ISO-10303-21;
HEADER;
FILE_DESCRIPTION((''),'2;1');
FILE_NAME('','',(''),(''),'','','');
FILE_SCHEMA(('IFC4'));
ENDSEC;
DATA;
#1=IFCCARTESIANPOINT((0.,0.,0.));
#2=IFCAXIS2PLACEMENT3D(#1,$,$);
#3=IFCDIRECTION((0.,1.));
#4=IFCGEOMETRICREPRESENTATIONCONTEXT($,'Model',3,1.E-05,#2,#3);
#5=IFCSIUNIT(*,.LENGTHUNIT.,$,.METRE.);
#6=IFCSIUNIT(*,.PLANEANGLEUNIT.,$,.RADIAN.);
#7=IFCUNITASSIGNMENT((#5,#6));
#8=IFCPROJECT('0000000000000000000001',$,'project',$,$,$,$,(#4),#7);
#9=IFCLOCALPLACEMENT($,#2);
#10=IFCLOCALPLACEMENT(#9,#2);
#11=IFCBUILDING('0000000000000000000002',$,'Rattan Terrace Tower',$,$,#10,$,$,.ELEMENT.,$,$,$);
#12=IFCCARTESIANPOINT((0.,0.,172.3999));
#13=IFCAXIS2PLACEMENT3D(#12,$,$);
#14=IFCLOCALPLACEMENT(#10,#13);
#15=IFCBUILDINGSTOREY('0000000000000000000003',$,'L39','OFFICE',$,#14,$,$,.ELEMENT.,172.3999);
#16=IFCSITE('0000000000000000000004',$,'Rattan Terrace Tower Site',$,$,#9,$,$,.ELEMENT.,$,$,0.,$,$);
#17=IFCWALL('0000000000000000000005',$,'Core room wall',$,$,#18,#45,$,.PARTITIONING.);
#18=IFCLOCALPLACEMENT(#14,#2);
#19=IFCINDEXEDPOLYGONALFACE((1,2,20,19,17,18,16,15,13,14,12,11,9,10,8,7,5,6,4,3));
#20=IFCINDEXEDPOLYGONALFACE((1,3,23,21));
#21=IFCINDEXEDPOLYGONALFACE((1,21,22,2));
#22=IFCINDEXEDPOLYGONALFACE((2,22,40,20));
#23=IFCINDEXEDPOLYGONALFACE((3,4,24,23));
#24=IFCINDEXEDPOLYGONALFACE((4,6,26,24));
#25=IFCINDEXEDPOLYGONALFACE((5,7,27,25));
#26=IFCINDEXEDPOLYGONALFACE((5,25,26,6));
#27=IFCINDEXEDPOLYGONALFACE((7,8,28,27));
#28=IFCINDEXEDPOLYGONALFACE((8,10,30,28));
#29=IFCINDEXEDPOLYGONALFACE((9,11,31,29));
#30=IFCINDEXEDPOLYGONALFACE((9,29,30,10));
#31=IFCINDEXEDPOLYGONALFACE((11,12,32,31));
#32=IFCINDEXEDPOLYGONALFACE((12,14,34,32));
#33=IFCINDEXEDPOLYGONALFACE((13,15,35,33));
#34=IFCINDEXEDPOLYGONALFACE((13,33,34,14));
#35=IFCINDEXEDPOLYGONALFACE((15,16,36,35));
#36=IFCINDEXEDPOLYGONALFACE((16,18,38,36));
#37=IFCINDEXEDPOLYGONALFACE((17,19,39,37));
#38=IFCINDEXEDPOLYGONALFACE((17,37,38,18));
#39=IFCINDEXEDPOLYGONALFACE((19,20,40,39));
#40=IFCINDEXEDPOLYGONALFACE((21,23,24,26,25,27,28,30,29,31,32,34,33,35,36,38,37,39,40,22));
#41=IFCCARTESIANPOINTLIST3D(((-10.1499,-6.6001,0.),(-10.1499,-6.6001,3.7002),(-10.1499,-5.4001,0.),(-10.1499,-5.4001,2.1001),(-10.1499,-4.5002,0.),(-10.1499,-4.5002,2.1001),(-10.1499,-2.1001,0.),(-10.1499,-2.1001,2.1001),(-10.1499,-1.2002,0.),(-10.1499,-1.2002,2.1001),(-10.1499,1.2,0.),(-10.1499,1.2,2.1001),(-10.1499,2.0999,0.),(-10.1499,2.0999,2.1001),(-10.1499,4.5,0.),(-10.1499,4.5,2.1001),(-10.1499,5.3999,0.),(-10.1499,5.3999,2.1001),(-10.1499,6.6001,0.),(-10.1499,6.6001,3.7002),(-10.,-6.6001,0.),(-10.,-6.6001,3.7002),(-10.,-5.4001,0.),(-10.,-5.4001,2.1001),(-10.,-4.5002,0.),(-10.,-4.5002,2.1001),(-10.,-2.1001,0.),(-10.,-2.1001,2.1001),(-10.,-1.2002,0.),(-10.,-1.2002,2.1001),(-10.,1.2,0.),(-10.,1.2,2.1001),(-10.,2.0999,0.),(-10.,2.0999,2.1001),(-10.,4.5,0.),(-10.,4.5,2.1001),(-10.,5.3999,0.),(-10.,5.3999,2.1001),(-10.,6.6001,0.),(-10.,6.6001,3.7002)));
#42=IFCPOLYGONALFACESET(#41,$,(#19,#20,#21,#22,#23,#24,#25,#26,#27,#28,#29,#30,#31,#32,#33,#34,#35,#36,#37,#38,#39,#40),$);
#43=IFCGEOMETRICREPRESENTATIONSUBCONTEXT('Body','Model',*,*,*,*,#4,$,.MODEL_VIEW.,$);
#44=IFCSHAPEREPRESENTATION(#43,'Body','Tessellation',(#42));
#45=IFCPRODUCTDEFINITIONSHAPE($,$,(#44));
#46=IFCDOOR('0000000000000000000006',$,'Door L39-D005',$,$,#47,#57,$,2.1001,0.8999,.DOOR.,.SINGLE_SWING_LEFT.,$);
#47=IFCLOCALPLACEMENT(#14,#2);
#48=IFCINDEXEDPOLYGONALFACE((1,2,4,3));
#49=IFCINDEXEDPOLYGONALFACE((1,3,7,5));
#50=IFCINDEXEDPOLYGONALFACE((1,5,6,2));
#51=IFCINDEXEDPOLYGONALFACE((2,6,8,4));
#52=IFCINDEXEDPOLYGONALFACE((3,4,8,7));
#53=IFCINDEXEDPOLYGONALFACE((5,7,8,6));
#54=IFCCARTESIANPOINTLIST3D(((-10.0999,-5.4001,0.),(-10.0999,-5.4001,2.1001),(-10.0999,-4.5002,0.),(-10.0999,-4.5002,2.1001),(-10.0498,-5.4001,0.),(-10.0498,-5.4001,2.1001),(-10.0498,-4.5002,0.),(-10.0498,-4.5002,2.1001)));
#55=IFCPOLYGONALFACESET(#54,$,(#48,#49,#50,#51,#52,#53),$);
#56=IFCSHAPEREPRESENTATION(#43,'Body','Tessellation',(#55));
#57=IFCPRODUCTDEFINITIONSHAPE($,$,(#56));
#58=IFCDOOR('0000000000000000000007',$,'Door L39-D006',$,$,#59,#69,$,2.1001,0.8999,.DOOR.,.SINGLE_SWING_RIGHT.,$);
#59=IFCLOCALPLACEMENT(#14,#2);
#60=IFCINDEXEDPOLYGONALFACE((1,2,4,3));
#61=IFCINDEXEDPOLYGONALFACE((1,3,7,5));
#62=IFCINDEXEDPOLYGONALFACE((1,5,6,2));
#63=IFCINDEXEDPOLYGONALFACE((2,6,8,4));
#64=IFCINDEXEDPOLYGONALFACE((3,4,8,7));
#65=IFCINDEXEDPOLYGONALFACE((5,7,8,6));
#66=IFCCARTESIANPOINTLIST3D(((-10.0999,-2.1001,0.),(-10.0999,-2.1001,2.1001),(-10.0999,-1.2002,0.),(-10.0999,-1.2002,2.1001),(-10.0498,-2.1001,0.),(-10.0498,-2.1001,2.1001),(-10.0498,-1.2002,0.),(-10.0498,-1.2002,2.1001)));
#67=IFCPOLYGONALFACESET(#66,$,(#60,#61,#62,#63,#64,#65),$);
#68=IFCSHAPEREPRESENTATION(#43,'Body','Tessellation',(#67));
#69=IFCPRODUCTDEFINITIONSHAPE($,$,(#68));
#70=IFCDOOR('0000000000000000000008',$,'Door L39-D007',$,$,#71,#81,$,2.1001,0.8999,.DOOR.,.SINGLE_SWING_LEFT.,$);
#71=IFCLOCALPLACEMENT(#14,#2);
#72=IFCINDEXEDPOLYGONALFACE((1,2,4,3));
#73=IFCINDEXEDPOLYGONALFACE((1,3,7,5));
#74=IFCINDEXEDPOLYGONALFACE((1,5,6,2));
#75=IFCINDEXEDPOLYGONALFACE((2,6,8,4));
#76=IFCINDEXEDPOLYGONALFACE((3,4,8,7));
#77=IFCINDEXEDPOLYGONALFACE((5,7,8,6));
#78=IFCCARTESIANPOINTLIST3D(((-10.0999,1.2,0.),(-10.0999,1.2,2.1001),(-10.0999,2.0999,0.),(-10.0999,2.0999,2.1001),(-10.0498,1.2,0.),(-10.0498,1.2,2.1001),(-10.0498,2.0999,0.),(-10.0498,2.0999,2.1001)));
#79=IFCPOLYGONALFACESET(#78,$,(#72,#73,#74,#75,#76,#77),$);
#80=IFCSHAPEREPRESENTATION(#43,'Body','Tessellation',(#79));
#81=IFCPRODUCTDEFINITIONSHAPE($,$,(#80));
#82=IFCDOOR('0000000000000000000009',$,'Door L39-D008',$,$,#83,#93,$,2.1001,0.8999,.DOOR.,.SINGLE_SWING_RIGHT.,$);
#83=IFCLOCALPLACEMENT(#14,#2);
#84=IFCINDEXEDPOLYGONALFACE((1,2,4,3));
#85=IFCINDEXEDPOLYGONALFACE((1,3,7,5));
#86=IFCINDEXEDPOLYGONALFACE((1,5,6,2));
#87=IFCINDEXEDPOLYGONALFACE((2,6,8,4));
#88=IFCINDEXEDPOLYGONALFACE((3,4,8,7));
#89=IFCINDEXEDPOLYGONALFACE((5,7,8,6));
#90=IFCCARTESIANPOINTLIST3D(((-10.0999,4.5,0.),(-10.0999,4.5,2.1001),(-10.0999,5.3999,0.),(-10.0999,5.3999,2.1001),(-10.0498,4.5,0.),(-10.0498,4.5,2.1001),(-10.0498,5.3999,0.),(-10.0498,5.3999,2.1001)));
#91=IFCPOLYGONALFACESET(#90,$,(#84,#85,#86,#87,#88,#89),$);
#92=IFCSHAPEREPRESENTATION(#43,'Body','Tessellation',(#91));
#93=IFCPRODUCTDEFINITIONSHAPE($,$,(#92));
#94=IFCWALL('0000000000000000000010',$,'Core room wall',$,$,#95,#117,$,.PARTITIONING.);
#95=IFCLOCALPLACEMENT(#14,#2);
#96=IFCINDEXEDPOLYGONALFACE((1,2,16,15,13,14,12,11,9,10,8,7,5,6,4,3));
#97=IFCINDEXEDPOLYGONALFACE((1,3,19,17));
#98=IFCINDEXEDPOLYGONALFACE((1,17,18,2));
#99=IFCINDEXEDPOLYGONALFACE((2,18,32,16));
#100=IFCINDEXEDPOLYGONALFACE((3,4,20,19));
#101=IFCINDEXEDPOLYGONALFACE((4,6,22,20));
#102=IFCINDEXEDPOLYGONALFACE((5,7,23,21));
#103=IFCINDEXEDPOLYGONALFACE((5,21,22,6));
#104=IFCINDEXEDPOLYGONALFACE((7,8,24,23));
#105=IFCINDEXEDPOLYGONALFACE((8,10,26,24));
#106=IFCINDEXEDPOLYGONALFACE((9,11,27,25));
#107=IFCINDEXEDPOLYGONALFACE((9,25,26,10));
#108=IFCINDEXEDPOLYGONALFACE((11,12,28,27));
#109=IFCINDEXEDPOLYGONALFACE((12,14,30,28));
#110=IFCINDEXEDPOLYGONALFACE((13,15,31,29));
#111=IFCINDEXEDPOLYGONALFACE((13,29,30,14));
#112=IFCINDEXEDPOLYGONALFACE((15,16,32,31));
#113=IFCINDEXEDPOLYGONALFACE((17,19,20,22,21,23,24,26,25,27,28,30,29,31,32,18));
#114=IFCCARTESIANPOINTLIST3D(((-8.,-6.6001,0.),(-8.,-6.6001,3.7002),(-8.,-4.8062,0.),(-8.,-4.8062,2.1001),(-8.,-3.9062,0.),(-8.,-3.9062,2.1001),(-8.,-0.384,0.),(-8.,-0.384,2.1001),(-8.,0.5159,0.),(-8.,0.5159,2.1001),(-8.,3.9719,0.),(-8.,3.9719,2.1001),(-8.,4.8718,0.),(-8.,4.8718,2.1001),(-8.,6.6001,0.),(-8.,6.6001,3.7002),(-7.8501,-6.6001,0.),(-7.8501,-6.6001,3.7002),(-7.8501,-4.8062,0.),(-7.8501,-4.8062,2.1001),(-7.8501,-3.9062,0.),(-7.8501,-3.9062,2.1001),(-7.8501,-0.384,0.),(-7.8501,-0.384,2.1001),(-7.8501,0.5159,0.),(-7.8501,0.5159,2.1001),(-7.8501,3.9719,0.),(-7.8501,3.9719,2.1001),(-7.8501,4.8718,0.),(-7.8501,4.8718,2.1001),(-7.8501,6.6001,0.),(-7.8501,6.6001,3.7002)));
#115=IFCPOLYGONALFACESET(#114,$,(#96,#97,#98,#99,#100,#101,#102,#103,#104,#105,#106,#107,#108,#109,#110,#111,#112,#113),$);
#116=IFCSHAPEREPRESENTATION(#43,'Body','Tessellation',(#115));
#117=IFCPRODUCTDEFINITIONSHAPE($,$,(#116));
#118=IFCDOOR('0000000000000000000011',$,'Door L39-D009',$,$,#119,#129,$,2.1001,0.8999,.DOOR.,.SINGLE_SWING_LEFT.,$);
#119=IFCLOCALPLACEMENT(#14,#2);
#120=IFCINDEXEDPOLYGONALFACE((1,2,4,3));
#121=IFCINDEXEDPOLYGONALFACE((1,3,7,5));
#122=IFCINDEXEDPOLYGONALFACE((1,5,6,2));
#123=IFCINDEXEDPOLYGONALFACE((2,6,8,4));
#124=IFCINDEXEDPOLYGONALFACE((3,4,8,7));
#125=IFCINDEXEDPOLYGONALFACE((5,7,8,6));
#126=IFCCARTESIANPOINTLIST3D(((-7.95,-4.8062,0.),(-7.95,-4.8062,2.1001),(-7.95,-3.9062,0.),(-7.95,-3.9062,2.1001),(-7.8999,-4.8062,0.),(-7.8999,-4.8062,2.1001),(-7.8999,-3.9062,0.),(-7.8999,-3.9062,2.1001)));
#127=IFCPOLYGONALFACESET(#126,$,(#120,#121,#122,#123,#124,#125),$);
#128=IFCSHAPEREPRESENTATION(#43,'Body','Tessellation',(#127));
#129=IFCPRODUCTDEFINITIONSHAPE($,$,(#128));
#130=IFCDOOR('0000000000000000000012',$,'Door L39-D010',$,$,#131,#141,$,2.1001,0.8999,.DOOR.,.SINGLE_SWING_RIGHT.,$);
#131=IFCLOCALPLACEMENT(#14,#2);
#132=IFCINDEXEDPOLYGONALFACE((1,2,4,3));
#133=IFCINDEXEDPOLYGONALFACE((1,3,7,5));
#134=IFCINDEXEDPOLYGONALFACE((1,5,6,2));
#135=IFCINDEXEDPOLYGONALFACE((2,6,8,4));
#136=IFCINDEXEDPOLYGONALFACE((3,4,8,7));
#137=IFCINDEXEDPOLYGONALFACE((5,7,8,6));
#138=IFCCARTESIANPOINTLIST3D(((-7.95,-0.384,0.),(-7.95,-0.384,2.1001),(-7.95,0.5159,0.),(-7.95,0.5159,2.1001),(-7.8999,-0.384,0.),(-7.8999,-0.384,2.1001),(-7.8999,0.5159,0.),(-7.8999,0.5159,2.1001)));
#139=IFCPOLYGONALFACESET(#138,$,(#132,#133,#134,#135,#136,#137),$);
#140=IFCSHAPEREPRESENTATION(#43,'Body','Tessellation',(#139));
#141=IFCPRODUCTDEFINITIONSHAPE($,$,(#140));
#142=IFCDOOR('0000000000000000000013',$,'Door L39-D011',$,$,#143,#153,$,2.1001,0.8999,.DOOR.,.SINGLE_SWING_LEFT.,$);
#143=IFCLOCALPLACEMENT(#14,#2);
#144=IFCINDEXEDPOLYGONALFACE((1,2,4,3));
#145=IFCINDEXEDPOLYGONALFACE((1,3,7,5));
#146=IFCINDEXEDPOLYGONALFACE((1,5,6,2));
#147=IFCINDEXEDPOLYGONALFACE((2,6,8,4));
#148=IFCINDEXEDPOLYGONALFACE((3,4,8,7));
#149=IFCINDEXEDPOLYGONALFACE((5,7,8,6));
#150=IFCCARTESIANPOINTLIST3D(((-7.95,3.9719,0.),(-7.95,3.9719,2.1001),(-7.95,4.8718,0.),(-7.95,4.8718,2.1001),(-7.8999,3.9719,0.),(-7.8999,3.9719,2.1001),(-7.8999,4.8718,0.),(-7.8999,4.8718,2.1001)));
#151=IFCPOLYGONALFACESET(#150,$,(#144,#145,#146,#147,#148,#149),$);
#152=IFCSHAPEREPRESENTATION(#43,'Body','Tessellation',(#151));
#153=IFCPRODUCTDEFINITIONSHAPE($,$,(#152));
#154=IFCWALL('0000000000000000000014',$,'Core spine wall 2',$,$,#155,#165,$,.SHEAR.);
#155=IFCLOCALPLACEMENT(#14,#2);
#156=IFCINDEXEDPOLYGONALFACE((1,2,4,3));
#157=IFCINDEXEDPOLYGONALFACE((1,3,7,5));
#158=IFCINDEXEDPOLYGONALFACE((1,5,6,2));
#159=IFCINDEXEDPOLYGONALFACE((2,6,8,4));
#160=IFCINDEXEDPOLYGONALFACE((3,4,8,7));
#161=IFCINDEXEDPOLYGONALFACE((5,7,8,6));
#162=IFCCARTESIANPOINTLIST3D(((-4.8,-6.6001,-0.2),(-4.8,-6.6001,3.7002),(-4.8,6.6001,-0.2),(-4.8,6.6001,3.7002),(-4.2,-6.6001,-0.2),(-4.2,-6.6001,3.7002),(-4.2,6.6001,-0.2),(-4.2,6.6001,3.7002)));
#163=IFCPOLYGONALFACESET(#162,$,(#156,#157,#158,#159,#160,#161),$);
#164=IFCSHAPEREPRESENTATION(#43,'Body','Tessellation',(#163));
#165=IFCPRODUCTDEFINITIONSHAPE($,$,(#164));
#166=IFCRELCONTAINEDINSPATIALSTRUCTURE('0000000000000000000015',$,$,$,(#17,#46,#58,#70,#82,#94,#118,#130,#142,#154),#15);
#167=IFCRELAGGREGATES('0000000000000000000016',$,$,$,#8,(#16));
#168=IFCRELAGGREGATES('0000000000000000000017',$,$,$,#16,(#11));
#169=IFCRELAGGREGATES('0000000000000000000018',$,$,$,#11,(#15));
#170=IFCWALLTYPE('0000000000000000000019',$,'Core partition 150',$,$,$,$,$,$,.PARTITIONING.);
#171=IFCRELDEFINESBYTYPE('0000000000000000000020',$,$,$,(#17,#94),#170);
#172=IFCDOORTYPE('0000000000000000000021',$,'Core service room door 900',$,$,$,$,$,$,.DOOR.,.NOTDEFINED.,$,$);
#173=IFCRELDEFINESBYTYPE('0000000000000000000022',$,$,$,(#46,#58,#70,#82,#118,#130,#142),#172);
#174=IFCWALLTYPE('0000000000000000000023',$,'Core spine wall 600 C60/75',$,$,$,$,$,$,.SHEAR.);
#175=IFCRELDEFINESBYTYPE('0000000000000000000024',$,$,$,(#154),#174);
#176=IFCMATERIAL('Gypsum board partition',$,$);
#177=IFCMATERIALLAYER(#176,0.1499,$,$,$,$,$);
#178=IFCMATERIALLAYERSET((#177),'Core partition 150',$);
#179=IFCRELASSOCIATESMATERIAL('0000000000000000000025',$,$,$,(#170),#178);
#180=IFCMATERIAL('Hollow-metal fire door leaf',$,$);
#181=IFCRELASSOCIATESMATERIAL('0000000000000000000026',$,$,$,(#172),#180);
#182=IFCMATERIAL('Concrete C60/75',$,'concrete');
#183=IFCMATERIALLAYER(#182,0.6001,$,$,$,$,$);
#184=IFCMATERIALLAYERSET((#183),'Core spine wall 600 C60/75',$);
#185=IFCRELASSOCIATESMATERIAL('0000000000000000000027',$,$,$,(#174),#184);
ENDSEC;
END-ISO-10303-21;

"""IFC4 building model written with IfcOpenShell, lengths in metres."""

from ifc_helpers import new_model, si_unit, direction, frame, frame_2d, origin, place, context, subcontext, project, spatial, rectangle, extrude, material, layer, layer_set, type_object, element, fill, save


model = new_model("IFC4")

# Units and contexts
model_context = context("Model", 3, precision=1e-05, world=origin(), true_north=direction((0.0, 1.0)))
body_context = subcontext(model_context, "Body", "Model", "MODEL_VIEW")
ifc_project = project(units=[si_unit("LENGTHUNIT", "METRE"), si_unit("PLANEANGLEUNIT", "RADIAN")], contexts=[model_context])

# Site, building, storey
site_placement = place(None, origin())
site = spatial("IfcSite", under=ifc_project, at=site_placement, Name="Rattan Terrace Tower Site", CompositionType="ELEMENT", RefElevation=0.0)
building_placement = place(site_placement, origin())
building = spatial("IfcBuilding", under=site, at=building_placement, Name="Rattan Terrace Tower", CompositionType="ELEMENT")
storey_placement = place(building_placement, frame((0.0, 0.0, 172.3999)))
storey = spatial("IfcBuildingStorey", under=building, at=storey_placement, Name="L39", Description="OFFICE", CompositionType="ELEMENT", Elevation=172.3999)

# Walls, openings, doors
ifc_material_1 = material(Name="Gypsum board partition")
ifc_layer_1 = layer(ifc_material_1, 0.1499)
ifc_layer_set_1 = layer_set([ifc_layer_1], Name="Core partition 150")
wall_type_1 = type_object("IfcWallType", Name="Core partition 150", PredefinedType="PARTITIONING", material=ifc_layer_set_1)
wall_1_placement = place(storey_placement, frame((-10.075, -6.6001, 0.0), z_axis=(0.0, 0.0, 1.0), x_axis=(0.0, 1.0, 0.0)))
wall_1 = element("IfcWall", 1, at=wall_1_placement, inside=storey, type_object=wall_type_1, Name="Core room wall", PredefinedType="PARTITIONING", context=body_context, shape_type="SweptSolid", body=[
    extrude(rectangle(XDim=13.2002, YDim=0.1499, at=frame_2d((6.6001, 0.0))), origin(), (0.0, 0.0, 1.0), 3.7002),
])
opening_1_placement = place(wall_1_placement, frame((1.2, 0.0, 0.0)))
opening_1 = element("IfcOpeningElement", 2, at=opening_1_placement, cuts=wall_1, PredefinedType="OPENING", context=body_context, shape_type="SweptSolid", body=[
    extrude(rectangle(XDim=0.8999, YDim=2.1001, at=frame_2d((0.45, 1.05))), frame((0.0, 0.0854, 0.0), z_axis=(0.0, -1.0, 0.0), x_axis=(1.0, 0.0, 0.0)), (0.0, 0.0, 1.0), 0.1709),
])
opening_2_placement = place(wall_1_placement, frame((4.5, 0.0, 0.0)))
opening_2 = element("IfcOpeningElement", 3, at=opening_2_placement, cuts=wall_1, PredefinedType="OPENING", context=body_context, shape_type="SweptSolid", body=[
    extrude(rectangle(XDim=0.8999, YDim=2.1001, at=frame_2d((0.45, 1.05))), frame((0.0, 0.0854, 0.0), z_axis=(0.0, -1.0, 0.0), x_axis=(1.0, 0.0, 0.0)), (0.0, 0.0, 1.0), 0.1709),
])
opening_3_placement = place(wall_1_placement, frame((7.8, 0.0, 0.0)))
opening_3 = element("IfcOpeningElement", 4, at=opening_3_placement, cuts=wall_1, PredefinedType="OPENING", context=body_context, shape_type="SweptSolid", body=[
    extrude(rectangle(XDim=0.8999, YDim=2.1001, at=frame_2d((0.45, 1.05))), frame((0.0, 0.0854, 0.0), z_axis=(0.0, -1.0, 0.0), x_axis=(1.0, 0.0, 0.0)), (0.0, 0.0, 1.0), 0.1709),
])
opening_4_placement = place(wall_1_placement, frame((11.1001, 0.0, 0.0)))
opening_4 = element("IfcOpeningElement", 5, at=opening_4_placement, cuts=wall_1, PredefinedType="OPENING", context=body_context, shape_type="SweptSolid", body=[
    extrude(rectangle(XDim=0.8999, YDim=2.1001, at=frame_2d((0.45, 1.05))), frame((0.0, 0.0854, 0.0), z_axis=(0.0, -1.0, 0.0), x_axis=(1.0, 0.0, 0.0)), (0.0, 0.0, 1.0), 0.1709),
])
ifc_material_2 = material(Name="Hollow-metal fire door leaf")
door_type_1 = type_object("IfcDoorType", Name="Core service room door 900", OperationType="NOTDEFINED", PredefinedType="DOOR", material=ifc_material_2)
door_1_placement = place(opening_1_placement, origin())
door_1 = element("IfcDoor", 6, at=door_1_placement, inside=storey, type_object=door_type_1, Name="Door L39-D005", OperationType="SINGLE_SWING_LEFT", OverallHeight=2.1001, OverallWidth=0.8999, PredefinedType="DOOR", context=body_context, shape_type="SweptSolid", body=[
    extrude(rectangle(XDim=0.8999, YDim=2.1001, at=frame_2d((0.45, 1.05))), frame((0.0, 0.0249, 0.0), z_axis=(0.0, -1.0, 0.0), x_axis=(1.0, 0.0, 0.0)), (0.0, 0.0, 1.0), 0.05),
])
fill(opening_1, door_1)
door_2_placement = place(opening_2_placement, origin())
door_2 = element("IfcDoor", 7, at=door_2_placement, inside=storey, type_object=door_type_1, Name="Door L39-D006", OperationType="SINGLE_SWING_RIGHT", OverallHeight=2.1001, OverallWidth=0.8999, PredefinedType="DOOR", context=body_context, shape_type="SweptSolid", body=[
    extrude(rectangle(XDim=0.8999, YDim=2.1001, at=frame_2d((0.45, 1.05))), frame((0.0, 0.0249, 0.0), z_axis=(0.0, -1.0, 0.0), x_axis=(1.0, 0.0, 0.0)), (0.0, 0.0, 1.0), 0.05),
])
fill(opening_2, door_2)
door_3_placement = place(opening_3_placement, origin())
door_3 = element("IfcDoor", 8, at=door_3_placement, inside=storey, type_object=door_type_1, Name="Door L39-D007", OperationType="SINGLE_SWING_LEFT", OverallHeight=2.1001, OverallWidth=0.8999, PredefinedType="DOOR", context=body_context, shape_type="SweptSolid", body=[
    extrude(rectangle(XDim=0.8999, YDim=2.1001, at=frame_2d((0.45, 1.05))), frame((0.0, 0.0249, 0.0), z_axis=(0.0, -1.0, 0.0), x_axis=(1.0, 0.0, 0.0)), (0.0, 0.0, 1.0), 0.05),
])
fill(opening_3, door_3)
door_4_placement = place(opening_4_placement, origin())
door_4 = element("IfcDoor", 9, at=door_4_placement, inside=storey, type_object=door_type_1, Name="Door L39-D008", OperationType="SINGLE_SWING_RIGHT", OverallHeight=2.1001, OverallWidth=0.8999, PredefinedType="DOOR", context=body_context, shape_type="SweptSolid", body=[
    extrude(rectangle(XDim=0.8999, YDim=2.1001, at=frame_2d((0.45, 1.05))), frame((0.0, 0.0249, 0.0), z_axis=(0.0, -1.0, 0.0), x_axis=(1.0, 0.0, 0.0)), (0.0, 0.0, 1.0), 0.05),
])
fill(opening_4, door_4)
wall_2_placement = place(storey_placement, frame((-7.925, -6.6001, 0.0), z_axis=(0.0, 0.0, 1.0), x_axis=(0.0, 1.0, 0.0)))
wall_2 = element("IfcWall", 10, at=wall_2_placement, inside=storey, type_object=wall_type_1, Name="Core room wall", PredefinedType="PARTITIONING", context=body_context, shape_type="SweptSolid", body=[
    extrude(rectangle(XDim=13.2002, YDim=0.1499, at=frame_2d((6.6001, 0.0))), origin(), (0.0, 0.0, 1.0), 3.7002),
])
opening_5_placement = place(wall_2_placement, frame((1.7939, 0.0, 0.0)))
opening_5 = element("IfcOpeningElement", 11, at=opening_5_placement, cuts=wall_2, PredefinedType="OPENING", context=body_context, shape_type="SweptSolid", body=[
    extrude(rectangle(XDim=0.8999, YDim=2.1001, at=frame_2d((0.45, 1.05))), frame((0.0, 0.0854, 0.0), z_axis=(0.0, -1.0, 0.0), x_axis=(1.0, 0.0, 0.0)), (0.0, 0.0, 1.0), 0.1709),
])
opening_6_placement = place(wall_2_placement, frame((6.2161, 0.0, 0.0)))
opening_6 = element("IfcOpeningElement", 12, at=opening_6_placement, cuts=wall_2, PredefinedType="OPENING", context=body_context, shape_type="SweptSolid", body=[
    extrude(rectangle(XDim=0.8999, YDim=2.1001, at=frame_2d((0.45, 1.05))), frame((0.0, 0.0854, 0.0), z_axis=(0.0, -1.0, 0.0), x_axis=(1.0, 0.0, 0.0)), (0.0, 0.0, 1.0), 0.1709),
])
opening_7_placement = place(wall_2_placement, frame((10.572, 0.0, 0.0)))
opening_7 = element("IfcOpeningElement", 13, at=opening_7_placement, cuts=wall_2, PredefinedType="OPENING", context=body_context, shape_type="SweptSolid", body=[
    extrude(rectangle(XDim=0.8999, YDim=2.1001, at=frame_2d((0.45, 1.05))), frame((0.0, 0.0854, 0.0), z_axis=(0.0, -1.0, 0.0), x_axis=(1.0, 0.0, 0.0)), (0.0, 0.0, 1.0), 0.1709),
])
door_5_placement = place(opening_5_placement, origin())
door_5 = element("IfcDoor", 14, at=door_5_placement, inside=storey, type_object=door_type_1, Name="Door L39-D009", OperationType="SINGLE_SWING_LEFT", OverallHeight=2.1001, OverallWidth=0.8999, PredefinedType="DOOR", context=body_context, shape_type="SweptSolid", body=[
    extrude(rectangle(XDim=0.8999, YDim=2.1001, at=frame_2d((0.45, 1.05))), frame((0.0, 0.0249, 0.0), z_axis=(0.0, -1.0, 0.0), x_axis=(1.0, 0.0, 0.0)), (0.0, 0.0, 1.0), 0.05),
])
fill(opening_5, door_5)
door_6_placement = place(opening_6_placement, origin())
door_6 = element("IfcDoor", 15, at=door_6_placement, inside=storey, type_object=door_type_1, Name="Door L39-D010", OperationType="SINGLE_SWING_RIGHT", OverallHeight=2.1001, OverallWidth=0.8999, PredefinedType="DOOR", context=body_context, shape_type="SweptSolid", body=[
    extrude(rectangle(XDim=0.8999, YDim=2.1001, at=frame_2d((0.45, 1.05))), frame((0.0, 0.0249, 0.0), z_axis=(0.0, -1.0, 0.0), x_axis=(1.0, 0.0, 0.0)), (0.0, 0.0, 1.0), 0.05),
])
fill(opening_6, door_6)
door_7_placement = place(opening_7_placement, origin())
door_7 = element("IfcDoor", 16, at=door_7_placement, inside=storey, type_object=door_type_1, Name="Door L39-D011", OperationType="SINGLE_SWING_LEFT", OverallHeight=2.1001, OverallWidth=0.8999, PredefinedType="DOOR", context=body_context, shape_type="SweptSolid", body=[
    extrude(rectangle(XDim=0.8999, YDim=2.1001, at=frame_2d((0.45, 1.05))), frame((0.0, 0.0249, 0.0), z_axis=(0.0, -1.0, 0.0), x_axis=(1.0, 0.0, 0.0)), (0.0, 0.0, 1.0), 0.05),
])
fill(opening_7, door_7)

# Wall
ifc_material_3 = material(Name="Concrete C60/75", Category="concrete")
ifc_layer_2 = layer(ifc_material_3, 0.6001)
ifc_layer_set_2 = layer_set([ifc_layer_2], Name="Core spine wall 600 C60/75")
wall_type_2 = type_object("IfcWallType", Name="Core spine wall 600 C60/75", PredefinedType="SHEAR", material=ifc_layer_set_2)
wall_3_placement = place(storey_placement, frame((-4.5, -6.6001, -0.2), z_axis=(0.0, 0.0, 1.0), x_axis=(0.0, 1.0, 0.0)))
element("IfcWall", 17, at=wall_3_placement, inside=storey, type_object=wall_type_2, Name="Core spine wall 2", PredefinedType="SHEAR", context=body_context, shape_type="SweptSolid", body=[
    extrude(rectangle(XDim=13.2002, YDim=0.6001, at=frame_2d((6.6001, 0.0))), origin(), (0.0, 0.0, 1.0), 3.9001),
])

save(model, "model.ifc")
